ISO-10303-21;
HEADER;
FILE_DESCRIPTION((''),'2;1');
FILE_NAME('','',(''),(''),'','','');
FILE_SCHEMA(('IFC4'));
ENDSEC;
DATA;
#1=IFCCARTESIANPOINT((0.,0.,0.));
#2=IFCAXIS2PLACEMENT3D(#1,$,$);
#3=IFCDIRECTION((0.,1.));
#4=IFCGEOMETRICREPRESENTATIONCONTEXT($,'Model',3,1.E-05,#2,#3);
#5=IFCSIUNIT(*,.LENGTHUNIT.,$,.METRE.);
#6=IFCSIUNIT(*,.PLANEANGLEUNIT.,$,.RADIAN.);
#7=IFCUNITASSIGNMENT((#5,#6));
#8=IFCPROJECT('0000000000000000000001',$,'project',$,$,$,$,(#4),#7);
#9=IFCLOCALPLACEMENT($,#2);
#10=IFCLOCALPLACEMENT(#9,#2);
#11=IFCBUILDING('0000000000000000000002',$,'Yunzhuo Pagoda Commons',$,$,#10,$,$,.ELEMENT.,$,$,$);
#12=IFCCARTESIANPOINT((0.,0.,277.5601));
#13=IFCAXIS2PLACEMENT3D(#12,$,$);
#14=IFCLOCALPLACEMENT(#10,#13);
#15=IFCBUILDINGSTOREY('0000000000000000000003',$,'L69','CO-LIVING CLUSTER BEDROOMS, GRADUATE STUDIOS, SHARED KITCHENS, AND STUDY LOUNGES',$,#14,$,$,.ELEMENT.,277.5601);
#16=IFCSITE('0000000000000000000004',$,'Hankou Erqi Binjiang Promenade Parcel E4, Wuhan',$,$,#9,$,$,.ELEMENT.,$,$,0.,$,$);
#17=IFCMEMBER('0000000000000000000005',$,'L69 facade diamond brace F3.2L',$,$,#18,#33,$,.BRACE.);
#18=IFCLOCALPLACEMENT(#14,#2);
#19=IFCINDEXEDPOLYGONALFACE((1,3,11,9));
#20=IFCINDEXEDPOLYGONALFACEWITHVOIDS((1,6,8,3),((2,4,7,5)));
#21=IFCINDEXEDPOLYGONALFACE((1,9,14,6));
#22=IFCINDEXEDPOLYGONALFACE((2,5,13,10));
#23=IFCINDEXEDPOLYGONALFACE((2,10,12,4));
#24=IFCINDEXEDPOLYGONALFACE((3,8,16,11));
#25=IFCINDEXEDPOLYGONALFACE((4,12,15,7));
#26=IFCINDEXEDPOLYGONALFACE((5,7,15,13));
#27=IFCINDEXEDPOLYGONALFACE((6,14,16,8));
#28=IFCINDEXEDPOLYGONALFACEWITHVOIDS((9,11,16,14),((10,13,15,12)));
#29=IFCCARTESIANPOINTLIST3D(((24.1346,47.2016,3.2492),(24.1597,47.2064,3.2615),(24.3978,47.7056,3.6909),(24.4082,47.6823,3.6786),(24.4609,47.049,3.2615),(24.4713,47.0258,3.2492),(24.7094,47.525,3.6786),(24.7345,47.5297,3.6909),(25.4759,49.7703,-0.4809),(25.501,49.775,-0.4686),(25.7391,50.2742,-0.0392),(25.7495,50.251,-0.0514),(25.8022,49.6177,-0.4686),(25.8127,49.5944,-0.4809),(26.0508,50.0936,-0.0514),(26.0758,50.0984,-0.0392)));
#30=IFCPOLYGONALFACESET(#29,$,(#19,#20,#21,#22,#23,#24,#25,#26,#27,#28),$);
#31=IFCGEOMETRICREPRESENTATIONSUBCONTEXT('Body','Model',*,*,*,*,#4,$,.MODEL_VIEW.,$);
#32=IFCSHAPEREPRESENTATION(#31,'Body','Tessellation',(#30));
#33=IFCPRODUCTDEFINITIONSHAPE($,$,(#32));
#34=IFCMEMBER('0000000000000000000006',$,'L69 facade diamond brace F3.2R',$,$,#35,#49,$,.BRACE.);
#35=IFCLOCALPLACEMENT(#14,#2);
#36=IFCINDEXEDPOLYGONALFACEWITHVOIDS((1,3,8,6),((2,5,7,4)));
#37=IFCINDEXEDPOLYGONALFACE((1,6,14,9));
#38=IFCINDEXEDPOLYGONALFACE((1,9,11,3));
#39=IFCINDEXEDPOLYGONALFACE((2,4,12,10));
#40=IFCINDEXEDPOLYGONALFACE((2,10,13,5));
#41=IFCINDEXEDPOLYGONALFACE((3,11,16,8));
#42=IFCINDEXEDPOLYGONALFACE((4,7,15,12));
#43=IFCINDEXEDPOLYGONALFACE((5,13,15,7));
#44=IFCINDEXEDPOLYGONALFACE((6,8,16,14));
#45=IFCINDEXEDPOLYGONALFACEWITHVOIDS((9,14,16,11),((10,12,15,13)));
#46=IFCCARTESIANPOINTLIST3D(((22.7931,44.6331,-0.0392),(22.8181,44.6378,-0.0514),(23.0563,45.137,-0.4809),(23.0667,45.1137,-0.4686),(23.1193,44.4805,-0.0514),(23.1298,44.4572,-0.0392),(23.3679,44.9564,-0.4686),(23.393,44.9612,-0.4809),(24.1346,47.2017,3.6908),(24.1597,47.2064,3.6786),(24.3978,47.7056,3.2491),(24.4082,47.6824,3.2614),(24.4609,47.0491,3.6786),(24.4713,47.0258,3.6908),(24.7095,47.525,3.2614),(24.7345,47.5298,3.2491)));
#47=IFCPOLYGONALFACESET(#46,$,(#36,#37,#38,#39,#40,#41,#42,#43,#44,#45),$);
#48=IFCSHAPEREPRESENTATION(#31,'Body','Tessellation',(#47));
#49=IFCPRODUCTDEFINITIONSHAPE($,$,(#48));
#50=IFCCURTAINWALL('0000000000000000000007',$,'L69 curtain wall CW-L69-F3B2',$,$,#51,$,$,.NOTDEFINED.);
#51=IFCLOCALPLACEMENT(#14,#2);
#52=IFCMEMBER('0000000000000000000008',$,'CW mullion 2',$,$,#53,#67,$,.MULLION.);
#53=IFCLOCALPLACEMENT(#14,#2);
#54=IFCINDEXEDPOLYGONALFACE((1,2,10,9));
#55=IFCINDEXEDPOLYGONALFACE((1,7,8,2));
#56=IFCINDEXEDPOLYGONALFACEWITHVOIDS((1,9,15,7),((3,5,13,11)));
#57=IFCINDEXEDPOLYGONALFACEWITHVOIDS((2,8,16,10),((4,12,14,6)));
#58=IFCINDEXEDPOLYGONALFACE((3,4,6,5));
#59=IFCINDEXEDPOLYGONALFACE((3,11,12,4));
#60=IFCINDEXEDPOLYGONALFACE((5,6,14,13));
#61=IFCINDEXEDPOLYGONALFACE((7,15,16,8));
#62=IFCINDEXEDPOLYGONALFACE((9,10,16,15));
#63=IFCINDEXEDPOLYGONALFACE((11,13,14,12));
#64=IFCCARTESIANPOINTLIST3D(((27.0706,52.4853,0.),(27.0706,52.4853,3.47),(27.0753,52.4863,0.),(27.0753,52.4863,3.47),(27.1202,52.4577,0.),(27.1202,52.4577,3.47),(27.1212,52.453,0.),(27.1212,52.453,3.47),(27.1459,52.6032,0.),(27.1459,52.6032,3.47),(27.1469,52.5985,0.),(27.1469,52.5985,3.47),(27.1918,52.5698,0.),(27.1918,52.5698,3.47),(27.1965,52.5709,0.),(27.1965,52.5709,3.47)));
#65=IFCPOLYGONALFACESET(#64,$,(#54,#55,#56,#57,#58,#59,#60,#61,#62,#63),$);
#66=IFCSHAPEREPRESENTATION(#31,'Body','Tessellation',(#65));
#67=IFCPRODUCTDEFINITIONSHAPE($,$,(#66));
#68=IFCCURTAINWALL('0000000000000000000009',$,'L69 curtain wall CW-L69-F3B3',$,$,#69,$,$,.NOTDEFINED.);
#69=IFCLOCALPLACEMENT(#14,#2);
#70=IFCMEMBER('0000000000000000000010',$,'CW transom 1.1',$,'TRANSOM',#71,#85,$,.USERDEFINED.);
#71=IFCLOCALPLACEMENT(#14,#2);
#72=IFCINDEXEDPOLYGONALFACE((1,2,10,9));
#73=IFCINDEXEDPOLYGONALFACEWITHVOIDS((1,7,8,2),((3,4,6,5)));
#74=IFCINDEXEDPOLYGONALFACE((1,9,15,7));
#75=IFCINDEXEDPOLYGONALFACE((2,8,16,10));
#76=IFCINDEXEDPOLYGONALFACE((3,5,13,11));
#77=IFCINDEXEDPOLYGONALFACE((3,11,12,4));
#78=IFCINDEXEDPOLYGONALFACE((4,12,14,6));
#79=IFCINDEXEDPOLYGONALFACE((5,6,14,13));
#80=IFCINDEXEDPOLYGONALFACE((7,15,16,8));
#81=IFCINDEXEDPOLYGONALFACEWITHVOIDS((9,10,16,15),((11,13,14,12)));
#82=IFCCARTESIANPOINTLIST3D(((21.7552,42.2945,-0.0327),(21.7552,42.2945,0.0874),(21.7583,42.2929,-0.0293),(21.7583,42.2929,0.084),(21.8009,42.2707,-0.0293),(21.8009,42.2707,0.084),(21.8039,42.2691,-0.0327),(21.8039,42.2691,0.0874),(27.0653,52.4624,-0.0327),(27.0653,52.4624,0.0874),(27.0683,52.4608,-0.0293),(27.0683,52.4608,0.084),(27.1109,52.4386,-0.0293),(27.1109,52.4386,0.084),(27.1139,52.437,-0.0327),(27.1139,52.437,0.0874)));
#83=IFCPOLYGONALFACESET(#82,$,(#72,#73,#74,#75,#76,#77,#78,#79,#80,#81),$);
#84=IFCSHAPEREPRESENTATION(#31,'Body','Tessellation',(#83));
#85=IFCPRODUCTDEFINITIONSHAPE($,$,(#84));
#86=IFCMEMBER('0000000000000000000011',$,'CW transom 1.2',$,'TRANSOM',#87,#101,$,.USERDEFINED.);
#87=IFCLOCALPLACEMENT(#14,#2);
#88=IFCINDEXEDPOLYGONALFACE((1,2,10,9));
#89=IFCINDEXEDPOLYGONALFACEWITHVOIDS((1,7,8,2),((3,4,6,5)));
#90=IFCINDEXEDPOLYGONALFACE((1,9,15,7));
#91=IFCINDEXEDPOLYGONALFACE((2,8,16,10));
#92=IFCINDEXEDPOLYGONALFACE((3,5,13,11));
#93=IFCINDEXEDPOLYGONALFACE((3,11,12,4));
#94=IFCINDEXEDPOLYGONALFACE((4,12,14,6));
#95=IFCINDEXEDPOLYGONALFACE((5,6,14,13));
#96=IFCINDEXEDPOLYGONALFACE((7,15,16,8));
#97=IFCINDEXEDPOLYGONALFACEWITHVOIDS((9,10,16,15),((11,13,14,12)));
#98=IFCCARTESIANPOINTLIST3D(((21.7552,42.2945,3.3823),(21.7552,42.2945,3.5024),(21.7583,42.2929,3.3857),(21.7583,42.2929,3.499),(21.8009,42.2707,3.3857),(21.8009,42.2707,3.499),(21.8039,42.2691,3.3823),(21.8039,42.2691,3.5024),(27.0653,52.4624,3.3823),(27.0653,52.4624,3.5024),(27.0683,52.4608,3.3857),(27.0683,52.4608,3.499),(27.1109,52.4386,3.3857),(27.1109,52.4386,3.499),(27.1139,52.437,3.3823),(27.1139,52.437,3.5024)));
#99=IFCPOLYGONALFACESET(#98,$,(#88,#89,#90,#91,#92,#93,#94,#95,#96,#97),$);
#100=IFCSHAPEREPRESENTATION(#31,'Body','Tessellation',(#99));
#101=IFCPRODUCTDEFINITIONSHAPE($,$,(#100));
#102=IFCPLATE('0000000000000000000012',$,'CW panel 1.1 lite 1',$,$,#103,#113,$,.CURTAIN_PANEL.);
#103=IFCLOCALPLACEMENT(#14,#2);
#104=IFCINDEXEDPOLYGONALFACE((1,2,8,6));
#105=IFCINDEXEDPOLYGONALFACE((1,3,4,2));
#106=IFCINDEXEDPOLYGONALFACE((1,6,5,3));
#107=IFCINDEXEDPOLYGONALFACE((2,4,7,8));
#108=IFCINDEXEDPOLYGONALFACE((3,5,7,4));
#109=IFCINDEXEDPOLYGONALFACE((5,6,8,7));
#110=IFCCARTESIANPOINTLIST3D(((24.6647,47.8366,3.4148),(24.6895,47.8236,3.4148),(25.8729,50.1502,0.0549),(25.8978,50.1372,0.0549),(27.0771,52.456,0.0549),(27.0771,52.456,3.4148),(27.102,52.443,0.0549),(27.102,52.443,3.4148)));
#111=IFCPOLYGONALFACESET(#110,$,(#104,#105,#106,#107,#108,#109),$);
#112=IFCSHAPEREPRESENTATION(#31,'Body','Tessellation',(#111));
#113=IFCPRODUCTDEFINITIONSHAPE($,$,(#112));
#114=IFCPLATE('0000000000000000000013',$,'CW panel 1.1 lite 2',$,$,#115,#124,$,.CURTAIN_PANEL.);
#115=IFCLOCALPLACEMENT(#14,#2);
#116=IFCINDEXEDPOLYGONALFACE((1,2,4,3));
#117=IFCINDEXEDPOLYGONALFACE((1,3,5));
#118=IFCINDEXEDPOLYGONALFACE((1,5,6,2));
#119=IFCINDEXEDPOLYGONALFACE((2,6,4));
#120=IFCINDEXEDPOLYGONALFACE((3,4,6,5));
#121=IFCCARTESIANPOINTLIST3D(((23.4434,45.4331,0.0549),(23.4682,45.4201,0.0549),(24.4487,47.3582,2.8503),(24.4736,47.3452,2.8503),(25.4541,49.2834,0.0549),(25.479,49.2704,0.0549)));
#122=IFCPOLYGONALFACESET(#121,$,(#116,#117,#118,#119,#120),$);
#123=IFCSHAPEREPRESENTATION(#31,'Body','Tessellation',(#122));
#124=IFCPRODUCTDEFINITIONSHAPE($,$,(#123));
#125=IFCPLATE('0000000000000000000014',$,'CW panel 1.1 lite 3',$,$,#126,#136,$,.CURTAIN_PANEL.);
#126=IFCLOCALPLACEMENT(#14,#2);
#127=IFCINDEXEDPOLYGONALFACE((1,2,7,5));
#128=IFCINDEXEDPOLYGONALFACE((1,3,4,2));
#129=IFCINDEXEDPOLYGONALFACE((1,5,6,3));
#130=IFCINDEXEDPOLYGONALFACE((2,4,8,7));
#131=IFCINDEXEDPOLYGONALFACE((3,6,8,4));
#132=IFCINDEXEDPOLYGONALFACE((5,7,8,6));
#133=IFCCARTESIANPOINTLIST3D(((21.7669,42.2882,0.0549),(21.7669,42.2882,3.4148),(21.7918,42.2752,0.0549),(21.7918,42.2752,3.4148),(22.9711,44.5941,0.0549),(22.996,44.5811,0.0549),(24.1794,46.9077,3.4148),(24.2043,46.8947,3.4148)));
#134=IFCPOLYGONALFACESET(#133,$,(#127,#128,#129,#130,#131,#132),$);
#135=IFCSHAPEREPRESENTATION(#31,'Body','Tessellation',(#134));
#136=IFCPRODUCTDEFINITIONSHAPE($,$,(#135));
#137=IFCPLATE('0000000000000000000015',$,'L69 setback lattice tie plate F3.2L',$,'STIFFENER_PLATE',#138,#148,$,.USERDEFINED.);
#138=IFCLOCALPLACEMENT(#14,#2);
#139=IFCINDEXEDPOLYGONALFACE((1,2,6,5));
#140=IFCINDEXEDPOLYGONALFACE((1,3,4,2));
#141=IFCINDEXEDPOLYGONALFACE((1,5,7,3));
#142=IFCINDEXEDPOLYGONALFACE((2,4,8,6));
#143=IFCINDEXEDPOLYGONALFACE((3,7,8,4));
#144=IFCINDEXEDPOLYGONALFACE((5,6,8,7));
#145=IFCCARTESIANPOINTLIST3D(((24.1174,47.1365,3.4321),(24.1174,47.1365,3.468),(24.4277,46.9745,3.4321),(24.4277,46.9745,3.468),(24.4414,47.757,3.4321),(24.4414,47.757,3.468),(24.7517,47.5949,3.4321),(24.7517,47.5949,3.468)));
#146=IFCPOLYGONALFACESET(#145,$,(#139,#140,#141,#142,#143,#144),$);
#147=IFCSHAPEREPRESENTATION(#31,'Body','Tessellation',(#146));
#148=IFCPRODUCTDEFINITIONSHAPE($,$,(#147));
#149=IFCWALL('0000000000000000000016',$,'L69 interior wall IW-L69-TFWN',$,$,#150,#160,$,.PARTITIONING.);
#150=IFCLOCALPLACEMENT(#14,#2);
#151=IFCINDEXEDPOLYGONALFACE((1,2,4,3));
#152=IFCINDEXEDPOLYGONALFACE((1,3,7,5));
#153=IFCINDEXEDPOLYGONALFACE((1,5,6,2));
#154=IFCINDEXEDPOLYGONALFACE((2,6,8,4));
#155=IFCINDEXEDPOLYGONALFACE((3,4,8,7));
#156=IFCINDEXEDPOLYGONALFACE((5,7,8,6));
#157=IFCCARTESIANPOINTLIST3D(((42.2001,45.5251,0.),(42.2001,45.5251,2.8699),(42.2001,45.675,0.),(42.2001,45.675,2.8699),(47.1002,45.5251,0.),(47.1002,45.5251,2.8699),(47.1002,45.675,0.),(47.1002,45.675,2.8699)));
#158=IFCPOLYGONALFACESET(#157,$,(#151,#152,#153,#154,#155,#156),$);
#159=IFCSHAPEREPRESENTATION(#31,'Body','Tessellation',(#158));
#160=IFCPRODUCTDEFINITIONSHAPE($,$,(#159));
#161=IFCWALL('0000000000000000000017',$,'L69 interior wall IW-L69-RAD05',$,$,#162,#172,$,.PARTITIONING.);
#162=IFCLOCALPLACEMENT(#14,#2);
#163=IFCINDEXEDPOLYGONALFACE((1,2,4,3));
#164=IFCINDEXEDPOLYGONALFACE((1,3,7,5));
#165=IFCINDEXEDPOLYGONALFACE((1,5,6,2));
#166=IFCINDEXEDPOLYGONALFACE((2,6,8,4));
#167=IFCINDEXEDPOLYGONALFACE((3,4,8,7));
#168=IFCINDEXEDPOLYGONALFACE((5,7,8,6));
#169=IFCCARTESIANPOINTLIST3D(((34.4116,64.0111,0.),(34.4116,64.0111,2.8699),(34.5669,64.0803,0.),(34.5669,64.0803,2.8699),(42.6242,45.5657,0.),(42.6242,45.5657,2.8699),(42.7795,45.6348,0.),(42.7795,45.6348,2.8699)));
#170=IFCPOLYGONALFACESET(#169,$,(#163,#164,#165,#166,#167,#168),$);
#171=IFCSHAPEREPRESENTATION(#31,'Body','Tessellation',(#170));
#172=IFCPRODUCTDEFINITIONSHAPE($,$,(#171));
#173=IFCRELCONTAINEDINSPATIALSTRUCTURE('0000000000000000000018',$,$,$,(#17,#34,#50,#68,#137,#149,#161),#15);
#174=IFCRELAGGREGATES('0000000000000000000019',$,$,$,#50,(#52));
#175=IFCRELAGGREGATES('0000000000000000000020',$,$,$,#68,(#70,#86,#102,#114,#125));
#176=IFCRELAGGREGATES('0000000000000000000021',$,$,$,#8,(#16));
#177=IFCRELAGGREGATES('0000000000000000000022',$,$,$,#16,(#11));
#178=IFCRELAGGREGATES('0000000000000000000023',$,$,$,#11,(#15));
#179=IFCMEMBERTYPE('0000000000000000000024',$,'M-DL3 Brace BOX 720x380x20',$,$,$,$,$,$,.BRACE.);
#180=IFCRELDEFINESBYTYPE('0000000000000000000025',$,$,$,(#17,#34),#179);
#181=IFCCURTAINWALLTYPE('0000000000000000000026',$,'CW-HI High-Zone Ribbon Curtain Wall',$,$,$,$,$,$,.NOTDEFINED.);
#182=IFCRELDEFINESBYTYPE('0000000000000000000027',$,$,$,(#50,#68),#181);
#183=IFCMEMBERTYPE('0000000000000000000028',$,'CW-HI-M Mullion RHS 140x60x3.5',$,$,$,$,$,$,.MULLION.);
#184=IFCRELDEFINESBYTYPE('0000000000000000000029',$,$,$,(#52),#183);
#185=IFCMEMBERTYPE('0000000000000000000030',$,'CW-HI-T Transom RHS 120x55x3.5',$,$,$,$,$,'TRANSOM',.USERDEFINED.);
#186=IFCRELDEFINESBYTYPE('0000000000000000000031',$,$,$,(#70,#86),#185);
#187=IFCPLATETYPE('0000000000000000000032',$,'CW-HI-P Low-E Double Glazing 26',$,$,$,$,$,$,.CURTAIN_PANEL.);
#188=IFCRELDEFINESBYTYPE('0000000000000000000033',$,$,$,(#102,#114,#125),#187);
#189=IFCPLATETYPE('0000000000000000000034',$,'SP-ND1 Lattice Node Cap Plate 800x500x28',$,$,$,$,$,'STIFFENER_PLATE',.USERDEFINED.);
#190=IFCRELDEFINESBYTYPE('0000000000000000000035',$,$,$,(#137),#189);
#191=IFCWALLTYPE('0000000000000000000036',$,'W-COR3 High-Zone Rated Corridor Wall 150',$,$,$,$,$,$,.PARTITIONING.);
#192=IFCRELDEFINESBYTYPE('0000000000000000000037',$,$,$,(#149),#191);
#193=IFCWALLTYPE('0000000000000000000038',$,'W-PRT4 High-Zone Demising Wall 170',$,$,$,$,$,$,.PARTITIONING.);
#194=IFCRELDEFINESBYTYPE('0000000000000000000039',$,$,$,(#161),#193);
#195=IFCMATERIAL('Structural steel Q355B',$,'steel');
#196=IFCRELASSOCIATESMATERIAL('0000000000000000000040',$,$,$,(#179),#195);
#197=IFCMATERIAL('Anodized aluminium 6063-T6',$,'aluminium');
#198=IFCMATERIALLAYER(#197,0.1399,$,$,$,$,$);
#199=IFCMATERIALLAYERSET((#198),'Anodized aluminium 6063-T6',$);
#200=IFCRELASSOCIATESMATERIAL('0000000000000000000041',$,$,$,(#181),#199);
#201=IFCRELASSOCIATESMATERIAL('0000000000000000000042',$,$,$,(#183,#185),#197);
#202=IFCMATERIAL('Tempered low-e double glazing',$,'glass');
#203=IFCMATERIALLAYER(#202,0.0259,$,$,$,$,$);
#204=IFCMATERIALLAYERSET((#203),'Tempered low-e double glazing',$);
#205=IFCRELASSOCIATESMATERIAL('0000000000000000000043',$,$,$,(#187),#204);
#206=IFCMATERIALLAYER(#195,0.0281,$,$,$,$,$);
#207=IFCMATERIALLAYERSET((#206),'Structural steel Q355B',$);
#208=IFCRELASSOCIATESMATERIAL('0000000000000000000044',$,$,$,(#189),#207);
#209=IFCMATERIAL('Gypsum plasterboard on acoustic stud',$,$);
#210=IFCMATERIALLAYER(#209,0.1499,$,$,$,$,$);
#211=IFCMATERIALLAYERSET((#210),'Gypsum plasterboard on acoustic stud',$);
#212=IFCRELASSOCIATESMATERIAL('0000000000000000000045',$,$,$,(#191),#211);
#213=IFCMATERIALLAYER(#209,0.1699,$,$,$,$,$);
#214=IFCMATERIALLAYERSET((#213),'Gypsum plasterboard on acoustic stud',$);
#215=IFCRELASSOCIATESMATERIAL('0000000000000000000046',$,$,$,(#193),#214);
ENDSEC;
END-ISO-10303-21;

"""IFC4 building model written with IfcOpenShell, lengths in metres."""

from ifc_helpers import new_model, si_unit, direction, frame, frame_2d, origin, origin_2d, place, context, subcontext, project, spatial, polyline, rectangle, hollow_rectangle, outline, extrude, source, transform, mapped, material, layer, layer_set, material_profile, profile_set, type_object, element, aggregate, save


model = new_model("IFC4")

# Units and contexts
model_context = context("Model", 3, precision=1e-05, world=origin(), true_north=direction((0.0, 1.0)))
body_context = subcontext(model_context, "Body", "Model", "MODEL_VIEW")
ifc_project = project(units=[si_unit("LENGTHUNIT", "METRE"), si_unit("PLANEANGLEUNIT", "RADIAN")], contexts=[model_context])

# Site, building, storey
site_placement = place(None, origin())
site = spatial("IfcSite", under=ifc_project, at=site_placement, Name="Hankou Erqi Binjiang Promenade Parcel E4, Wuhan", CompositionType="ELEMENT", RefElevation=0.0)
building_placement = place(site_placement, origin())
building = spatial("IfcBuilding", under=site, at=building_placement, Name="Yunzhuo Pagoda Commons", CompositionType="ELEMENT")
storey_placement = place(building_placement, frame((0.0, 0.0, 277.5601)))
storey = spatial("IfcBuildingStorey", under=building, at=storey_placement, Name="L69", Description="CO-LIVING CLUSTER BEDROOMS, GRADUATE STUDIOS, SHARED KITCHENS, AND STUDY LOUNGES", CompositionType="ELEMENT", Elevation=277.5601)

# Shared definitions
ifc_material_1 = material(Name="Structural steel Q355B", Category="steel")

# Members
ifc_material_profile_1 = material_profile(ifc_material_1, hollow_rectangle(XDim=0.3799, YDim=0.72, WallThickness=0.02, at=origin_2d()), Name="Structural steel Q355B")
ifc_profile_set_1 = profile_set([ifc_material_profile_1], Name="Structural steel Q355B")
member_type_1 = type_object("IfcMemberType", Name="M-DL3 Brace BOX 720x380x20", PredefinedType="BRACE", material=ifc_profile_set_1)
shared_shape_1 = source(origin(), body_context, "Body", "SweptSolid", [
    extrude(hollow_rectangle(XDim=0.3799, YDim=0.72, WallThickness=0.02, at=origin_2d()), origin(), (0.0, 0.0, 1.0), 4.7234),
])
for number, where, z_axis, x_axis, name in (
    (1, (25.7759, 49.9343, -0.26), (-0.283977, -0.543815, 0.789698), (0.88642, -0.462883, 0.0), "L69 facade diamond brace F3.2L"),
    (2, (23.093, 44.7971, -0.26), (0.284024, 0.543807, 0.789686), (-0.886385, 0.462949, 0.0), "L69 facade diamond brace F3.2R"),
):
    element("IfcMember", number, at=place(storey_placement, frame(where, z_axis=z_axis, x_axis=x_axis)), inside=storey, type_object=member_type_1, Name=name, PredefinedType="BRACE", context=body_context, shape_type="MappedRepresentation", body=[
        mapped(shared_shape_1, transform((0.0, 0.0, 0.0), scale=1.0)),
    ])

# Curtain wall, member
ifc_material_2 = material(Name="Anodized aluminium 6063-T6", Category="aluminium")
ifc_layer_1 = layer(ifc_material_2, 0.1399)
ifc_layer_set_1 = layer_set([ifc_layer_1], Name="Anodized aluminium 6063-T6")
curtain_wall_type = type_object("IfcCurtainWallType", Name="CW-HI High-Zone Ribbon Curtain Wall", PredefinedType="NOTDEFINED", material=ifc_layer_set_1)
curtain_wall_1_placement = place(storey_placement, origin())
curtain_wall_1 = element("IfcCurtainWall", 3, at=curtain_wall_1_placement, inside=storey, type_object=curtain_wall_type, Name="L69 curtain wall CW-L69-F3B2", PredefinedType="NOTDEFINED")
ifc_material_profile_2 = material_profile(ifc_material_2, hollow_rectangle(XDim=0.0601, YDim=0.1399, WallThickness=0.0034, at=origin_2d()), Name="Anodized aluminium 6063-T6")
ifc_profile_set_2 = profile_set([ifc_material_profile_2], Name="Anodized aluminium 6063-T6")
member_type_2 = type_object("IfcMemberType", Name="CW-HI-M Mullion RHS 140x60x3.5", PredefinedType="MULLION", material=ifc_profile_set_2)
shared_shape_2 = source(origin(), body_context, "Body", "SweptSolid", [
    extrude(hollow_rectangle(XDim=0.0601, YDim=0.1399, WallThickness=0.0034, at=origin_2d()), origin(), (0.0, 0.0, 1.0), 3.47),
])
member_1_placement = place(storey_placement, frame((27.1335, 52.5281, 0.0), z_axis=(0.0, 0.0, 1.0), x_axis=(0.842779, -0.53826, 0.0)))
member_1 = element("IfcMember", 4, at=member_1_placement, type_object=member_type_2, Name="CW mullion 2", PredefinedType="MULLION", context=body_context, shape_type="MappedRepresentation", body=[
    mapped(shared_shape_2, transform((0.0, 0.0, 0.0), scale=1.0)),
])
aggregate(curtain_wall_1, [member_1])

# Curtain wall, members, plates
curtain_wall_2_placement = place(storey_placement, origin())
curtain_wall_2 = element("IfcCurtainWall", 5, at=curtain_wall_2_placement, inside=storey, type_object=curtain_wall_type, Name="L69 curtain wall CW-L69-F3B3", PredefinedType="NOTDEFINED")
ifc_material_profile_3 = material_profile(ifc_material_2, hollow_rectangle(XDim=0.0549, YDim=0.1201, WallThickness=0.0034, at=origin_2d()), Name="Anodized aluminium 6063-T6")
ifc_profile_set_3 = profile_set([ifc_material_profile_3], Name="Anodized aluminium 6063-T6")
member_type_3 = type_object("IfcMemberType", Name="CW-HI-T Transom RHS 120x55x3.5", ElementType="TRANSOM", PredefinedType="USERDEFINED", material=ifc_profile_set_3)
shared_shape_3 = source(origin(), body_context, "Body", "SweptSolid", [
    extrude(hollow_rectangle(XDim=0.0549, YDim=0.1201, WallThickness=0.0034, at=origin_2d()), origin(), (0.0, 0.0, 1.0), 11.4709),
])
member_2_placement = place(storey_placement, frame((27.0896, 52.4497, 0.0273), z_axis=(-0.462911, -0.886405, 0.0), x_axis=(0.886405, -0.462911, 0.0)))
member_2 = element("IfcMember", 6, at=member_2_placement, type_object=member_type_3, Name="CW transom 1.1", ObjectType="TRANSOM", PredefinedType="USERDEFINED", context=body_context, shape_type="MappedRepresentation", body=[
    mapped(shared_shape_3, transform((0.0, 0.0, 0.0), scale=1.0)),
])
member_3_placement = place(storey_placement, frame((27.0896, 52.4497, 3.4424), z_axis=(-0.462911, -0.886405, 0.0), x_axis=(0.886405, -0.462911, 0.0)))
member_3 = element("IfcMember", 7, at=member_3_placement, type_object=member_type_3, Name="CW transom 1.2", ObjectType="TRANSOM", PredefinedType="USERDEFINED", context=body_context, shape_type="MappedRepresentation", body=[
    mapped(shared_shape_3, transform((0.0, 0.0, 0.0), scale=1.0)),
])
ifc_material_3 = material(Name="Tempered low-e double glazing", Category="glass")
ifc_layer_2 = layer(ifc_material_3, 0.0259)
ifc_layer_set_2 = layer_set([ifc_layer_2], Name="Tempered low-e double glazing")
plate_type_1 = type_object("IfcPlateType", Name="CW-HI-P Low-E Double Glazing 26", PredefinedType="CURTAIN_PANEL", material=ifc_layer_set_2)
plate_1_placement = place(storey_placement, frame((25.8958, 50.1333, 1.7349), z_axis=(-0.886404, 0.462912, 0.0), x_axis=(-0.462912, -0.886404, 0.0)))
plate_1 = element("IfcPlate", 8, at=plate_1_placement, type_object=plate_type_1, Name="CW panel 1.1 lite 1", PredefinedType="CURTAIN_PANEL", context=body_context, shape_type="SweptSolid", body=[
    extrude(outline(polyline([(-2.6057, -1.6799), (-0.0044, -1.6799), (2.6057, 1.6799), (-2.6057, 1.6799), (-2.6057, -1.6799)])), origin(), (0.0, 0.0, 1.0), 0.0281),
])
plate_2_placement = place(storey_placement, frame((24.4736, 47.3452, 1.4526), z_axis=(-0.886404, 0.462912, 0.0), x_axis=(-0.462912, -0.886404, 0.0)))
plate_2 = element("IfcPlate", 9, at=plate_2_placement, type_object=plate_type_1, Name="CW panel 1.1 lite 2", PredefinedType="CURTAIN_PANEL", context=body_context, shape_type="SweptSolid", body=[
    extrude(outline(polyline([(-2.1719, -1.3977), (2.1719, -1.3977), (0.0, 1.3977), (-2.1719, -1.3977)])), origin(), (0.0, 0.0, 1.0), 0.0281),
])
plate_3_placement = place(storey_placement, frame((22.998, 44.585, 1.7349), z_axis=(-0.886404, 0.462912, 0.0), x_axis=(-0.462912, -0.886404, 0.0)))
plate_3 = element("IfcPlate", 10, at=plate_3_placement, type_object=plate_type_1, Name="CW panel 1.1 lite 3", PredefinedType="CURTAIN_PANEL", context=body_context, shape_type="SweptSolid", body=[
    extrude(outline(polyline([(-2.6057, 1.6799), (0.0044, -1.6799), (2.6057, -1.6799), (2.6057, 1.6799), (-2.6057, 1.6799)])), origin(), (0.0, 0.0, 1.0), 0.0281),
])
aggregate(curtain_wall_2, [member_2, member_3, plate_1, plate_2, plate_3])

# Plate
ifc_layer_3 = layer(ifc_material_1, 0.0281)
ifc_layer_set_3 = layer_set([ifc_layer_3], Name="Structural steel Q355B")
plate_type_2 = type_object("IfcPlateType", Name="SP-ND1 Lattice Node Cap Plate 800x500x28", ElementType="STIFFENER_PLATE", PredefinedType="USERDEFINED", material=ifc_layer_set_3)
shared_shape_4 = source(origin(), body_context, "Body", "SweptSolid", [
    extrude(rectangle(XDim=0.7, YDim=0.3501, at=origin_2d()), origin(), (0.0, 0.0, 1.0), 0.0359),
])
plate_4_placement = place(storey_placement, frame((24.4346, 47.3657, 3.4321), z_axis=(0.0, 0.0, 1.0), x_axis=(-0.462909, -0.886406, 0.0)))
element("IfcPlate", 11, at=plate_4_placement, inside=storey, type_object=plate_type_2, Name="L69 setback lattice tie plate F3.2L", ObjectType="STIFFENER_PLATE", PredefinedType="USERDEFINED", context=body_context, shape_type="MappedRepresentation", body=[
    mapped(shared_shape_4, transform((0.0, 0.0, 0.0), scale=1.0)),
])

# Walls
ifc_material_4 = material(Name="Gypsum plasterboard on acoustic stud")
ifc_layer_4 = layer(ifc_material_4, 0.1499)
ifc_layer_set_4 = layer_set([ifc_layer_4], Name="Gypsum plasterboard on acoustic stud")
wall_type_1 = type_object("IfcWallType", Name="W-COR3 High-Zone Rated Corridor Wall 150", PredefinedType="PARTITIONING", material=ifc_layer_set_4)
wall_1_placement = place(storey_placement, frame((42.2, 45.6001, 0.0), z_axis=(0.0, 0.0, 1.0), x_axis=(1.0, 0.0, 0.0)))
element("IfcWall", 12, at=wall_1_placement, inside=storey, type_object=wall_type_1, Name="L69 interior wall IW-L69-TFWN", PredefinedType="PARTITIONING", context=body_context, shape_type="SweptSolid", body=[
    extrude(rectangle(XDim=4.9001, YDim=0.1499, at=frame_2d((2.4502, 0.0))), origin(), (0.0, 0.0, 1.0), 2.8699),
])
ifc_layer_5 = layer(ifc_material_4, 0.1699)
ifc_layer_set_5 = layer_set([ifc_layer_5], Name="Gypsum plasterboard on acoustic stud")
wall_type_2 = type_object("IfcWallType", Name="W-PRT4 High-Zone Demising Wall 170", PredefinedType="PARTITIONING", material=ifc_layer_set_5)
wall_2_placement = place(storey_placement, frame((42.7019, 45.6001, 0.0), z_axis=(0.0, 0.0, 1.0), x_axis=(-0.406743, 0.913543, 0.0)))
element("IfcWall", 13, at=wall_2_placement, inside=storey, type_object=wall_type_2, Name="L69 interior wall IW-L69-RAD05", PredefinedType="PARTITIONING", context=body_context, shape_type="SweptSolid", body=[
    extrude(rectangle(XDim=20.1912, YDim=0.1699, at=frame_2d((10.0957, 0.0))), origin(), (0.0, 0.0, 1.0), 2.8699),
])

save(model, "model.ifc")
